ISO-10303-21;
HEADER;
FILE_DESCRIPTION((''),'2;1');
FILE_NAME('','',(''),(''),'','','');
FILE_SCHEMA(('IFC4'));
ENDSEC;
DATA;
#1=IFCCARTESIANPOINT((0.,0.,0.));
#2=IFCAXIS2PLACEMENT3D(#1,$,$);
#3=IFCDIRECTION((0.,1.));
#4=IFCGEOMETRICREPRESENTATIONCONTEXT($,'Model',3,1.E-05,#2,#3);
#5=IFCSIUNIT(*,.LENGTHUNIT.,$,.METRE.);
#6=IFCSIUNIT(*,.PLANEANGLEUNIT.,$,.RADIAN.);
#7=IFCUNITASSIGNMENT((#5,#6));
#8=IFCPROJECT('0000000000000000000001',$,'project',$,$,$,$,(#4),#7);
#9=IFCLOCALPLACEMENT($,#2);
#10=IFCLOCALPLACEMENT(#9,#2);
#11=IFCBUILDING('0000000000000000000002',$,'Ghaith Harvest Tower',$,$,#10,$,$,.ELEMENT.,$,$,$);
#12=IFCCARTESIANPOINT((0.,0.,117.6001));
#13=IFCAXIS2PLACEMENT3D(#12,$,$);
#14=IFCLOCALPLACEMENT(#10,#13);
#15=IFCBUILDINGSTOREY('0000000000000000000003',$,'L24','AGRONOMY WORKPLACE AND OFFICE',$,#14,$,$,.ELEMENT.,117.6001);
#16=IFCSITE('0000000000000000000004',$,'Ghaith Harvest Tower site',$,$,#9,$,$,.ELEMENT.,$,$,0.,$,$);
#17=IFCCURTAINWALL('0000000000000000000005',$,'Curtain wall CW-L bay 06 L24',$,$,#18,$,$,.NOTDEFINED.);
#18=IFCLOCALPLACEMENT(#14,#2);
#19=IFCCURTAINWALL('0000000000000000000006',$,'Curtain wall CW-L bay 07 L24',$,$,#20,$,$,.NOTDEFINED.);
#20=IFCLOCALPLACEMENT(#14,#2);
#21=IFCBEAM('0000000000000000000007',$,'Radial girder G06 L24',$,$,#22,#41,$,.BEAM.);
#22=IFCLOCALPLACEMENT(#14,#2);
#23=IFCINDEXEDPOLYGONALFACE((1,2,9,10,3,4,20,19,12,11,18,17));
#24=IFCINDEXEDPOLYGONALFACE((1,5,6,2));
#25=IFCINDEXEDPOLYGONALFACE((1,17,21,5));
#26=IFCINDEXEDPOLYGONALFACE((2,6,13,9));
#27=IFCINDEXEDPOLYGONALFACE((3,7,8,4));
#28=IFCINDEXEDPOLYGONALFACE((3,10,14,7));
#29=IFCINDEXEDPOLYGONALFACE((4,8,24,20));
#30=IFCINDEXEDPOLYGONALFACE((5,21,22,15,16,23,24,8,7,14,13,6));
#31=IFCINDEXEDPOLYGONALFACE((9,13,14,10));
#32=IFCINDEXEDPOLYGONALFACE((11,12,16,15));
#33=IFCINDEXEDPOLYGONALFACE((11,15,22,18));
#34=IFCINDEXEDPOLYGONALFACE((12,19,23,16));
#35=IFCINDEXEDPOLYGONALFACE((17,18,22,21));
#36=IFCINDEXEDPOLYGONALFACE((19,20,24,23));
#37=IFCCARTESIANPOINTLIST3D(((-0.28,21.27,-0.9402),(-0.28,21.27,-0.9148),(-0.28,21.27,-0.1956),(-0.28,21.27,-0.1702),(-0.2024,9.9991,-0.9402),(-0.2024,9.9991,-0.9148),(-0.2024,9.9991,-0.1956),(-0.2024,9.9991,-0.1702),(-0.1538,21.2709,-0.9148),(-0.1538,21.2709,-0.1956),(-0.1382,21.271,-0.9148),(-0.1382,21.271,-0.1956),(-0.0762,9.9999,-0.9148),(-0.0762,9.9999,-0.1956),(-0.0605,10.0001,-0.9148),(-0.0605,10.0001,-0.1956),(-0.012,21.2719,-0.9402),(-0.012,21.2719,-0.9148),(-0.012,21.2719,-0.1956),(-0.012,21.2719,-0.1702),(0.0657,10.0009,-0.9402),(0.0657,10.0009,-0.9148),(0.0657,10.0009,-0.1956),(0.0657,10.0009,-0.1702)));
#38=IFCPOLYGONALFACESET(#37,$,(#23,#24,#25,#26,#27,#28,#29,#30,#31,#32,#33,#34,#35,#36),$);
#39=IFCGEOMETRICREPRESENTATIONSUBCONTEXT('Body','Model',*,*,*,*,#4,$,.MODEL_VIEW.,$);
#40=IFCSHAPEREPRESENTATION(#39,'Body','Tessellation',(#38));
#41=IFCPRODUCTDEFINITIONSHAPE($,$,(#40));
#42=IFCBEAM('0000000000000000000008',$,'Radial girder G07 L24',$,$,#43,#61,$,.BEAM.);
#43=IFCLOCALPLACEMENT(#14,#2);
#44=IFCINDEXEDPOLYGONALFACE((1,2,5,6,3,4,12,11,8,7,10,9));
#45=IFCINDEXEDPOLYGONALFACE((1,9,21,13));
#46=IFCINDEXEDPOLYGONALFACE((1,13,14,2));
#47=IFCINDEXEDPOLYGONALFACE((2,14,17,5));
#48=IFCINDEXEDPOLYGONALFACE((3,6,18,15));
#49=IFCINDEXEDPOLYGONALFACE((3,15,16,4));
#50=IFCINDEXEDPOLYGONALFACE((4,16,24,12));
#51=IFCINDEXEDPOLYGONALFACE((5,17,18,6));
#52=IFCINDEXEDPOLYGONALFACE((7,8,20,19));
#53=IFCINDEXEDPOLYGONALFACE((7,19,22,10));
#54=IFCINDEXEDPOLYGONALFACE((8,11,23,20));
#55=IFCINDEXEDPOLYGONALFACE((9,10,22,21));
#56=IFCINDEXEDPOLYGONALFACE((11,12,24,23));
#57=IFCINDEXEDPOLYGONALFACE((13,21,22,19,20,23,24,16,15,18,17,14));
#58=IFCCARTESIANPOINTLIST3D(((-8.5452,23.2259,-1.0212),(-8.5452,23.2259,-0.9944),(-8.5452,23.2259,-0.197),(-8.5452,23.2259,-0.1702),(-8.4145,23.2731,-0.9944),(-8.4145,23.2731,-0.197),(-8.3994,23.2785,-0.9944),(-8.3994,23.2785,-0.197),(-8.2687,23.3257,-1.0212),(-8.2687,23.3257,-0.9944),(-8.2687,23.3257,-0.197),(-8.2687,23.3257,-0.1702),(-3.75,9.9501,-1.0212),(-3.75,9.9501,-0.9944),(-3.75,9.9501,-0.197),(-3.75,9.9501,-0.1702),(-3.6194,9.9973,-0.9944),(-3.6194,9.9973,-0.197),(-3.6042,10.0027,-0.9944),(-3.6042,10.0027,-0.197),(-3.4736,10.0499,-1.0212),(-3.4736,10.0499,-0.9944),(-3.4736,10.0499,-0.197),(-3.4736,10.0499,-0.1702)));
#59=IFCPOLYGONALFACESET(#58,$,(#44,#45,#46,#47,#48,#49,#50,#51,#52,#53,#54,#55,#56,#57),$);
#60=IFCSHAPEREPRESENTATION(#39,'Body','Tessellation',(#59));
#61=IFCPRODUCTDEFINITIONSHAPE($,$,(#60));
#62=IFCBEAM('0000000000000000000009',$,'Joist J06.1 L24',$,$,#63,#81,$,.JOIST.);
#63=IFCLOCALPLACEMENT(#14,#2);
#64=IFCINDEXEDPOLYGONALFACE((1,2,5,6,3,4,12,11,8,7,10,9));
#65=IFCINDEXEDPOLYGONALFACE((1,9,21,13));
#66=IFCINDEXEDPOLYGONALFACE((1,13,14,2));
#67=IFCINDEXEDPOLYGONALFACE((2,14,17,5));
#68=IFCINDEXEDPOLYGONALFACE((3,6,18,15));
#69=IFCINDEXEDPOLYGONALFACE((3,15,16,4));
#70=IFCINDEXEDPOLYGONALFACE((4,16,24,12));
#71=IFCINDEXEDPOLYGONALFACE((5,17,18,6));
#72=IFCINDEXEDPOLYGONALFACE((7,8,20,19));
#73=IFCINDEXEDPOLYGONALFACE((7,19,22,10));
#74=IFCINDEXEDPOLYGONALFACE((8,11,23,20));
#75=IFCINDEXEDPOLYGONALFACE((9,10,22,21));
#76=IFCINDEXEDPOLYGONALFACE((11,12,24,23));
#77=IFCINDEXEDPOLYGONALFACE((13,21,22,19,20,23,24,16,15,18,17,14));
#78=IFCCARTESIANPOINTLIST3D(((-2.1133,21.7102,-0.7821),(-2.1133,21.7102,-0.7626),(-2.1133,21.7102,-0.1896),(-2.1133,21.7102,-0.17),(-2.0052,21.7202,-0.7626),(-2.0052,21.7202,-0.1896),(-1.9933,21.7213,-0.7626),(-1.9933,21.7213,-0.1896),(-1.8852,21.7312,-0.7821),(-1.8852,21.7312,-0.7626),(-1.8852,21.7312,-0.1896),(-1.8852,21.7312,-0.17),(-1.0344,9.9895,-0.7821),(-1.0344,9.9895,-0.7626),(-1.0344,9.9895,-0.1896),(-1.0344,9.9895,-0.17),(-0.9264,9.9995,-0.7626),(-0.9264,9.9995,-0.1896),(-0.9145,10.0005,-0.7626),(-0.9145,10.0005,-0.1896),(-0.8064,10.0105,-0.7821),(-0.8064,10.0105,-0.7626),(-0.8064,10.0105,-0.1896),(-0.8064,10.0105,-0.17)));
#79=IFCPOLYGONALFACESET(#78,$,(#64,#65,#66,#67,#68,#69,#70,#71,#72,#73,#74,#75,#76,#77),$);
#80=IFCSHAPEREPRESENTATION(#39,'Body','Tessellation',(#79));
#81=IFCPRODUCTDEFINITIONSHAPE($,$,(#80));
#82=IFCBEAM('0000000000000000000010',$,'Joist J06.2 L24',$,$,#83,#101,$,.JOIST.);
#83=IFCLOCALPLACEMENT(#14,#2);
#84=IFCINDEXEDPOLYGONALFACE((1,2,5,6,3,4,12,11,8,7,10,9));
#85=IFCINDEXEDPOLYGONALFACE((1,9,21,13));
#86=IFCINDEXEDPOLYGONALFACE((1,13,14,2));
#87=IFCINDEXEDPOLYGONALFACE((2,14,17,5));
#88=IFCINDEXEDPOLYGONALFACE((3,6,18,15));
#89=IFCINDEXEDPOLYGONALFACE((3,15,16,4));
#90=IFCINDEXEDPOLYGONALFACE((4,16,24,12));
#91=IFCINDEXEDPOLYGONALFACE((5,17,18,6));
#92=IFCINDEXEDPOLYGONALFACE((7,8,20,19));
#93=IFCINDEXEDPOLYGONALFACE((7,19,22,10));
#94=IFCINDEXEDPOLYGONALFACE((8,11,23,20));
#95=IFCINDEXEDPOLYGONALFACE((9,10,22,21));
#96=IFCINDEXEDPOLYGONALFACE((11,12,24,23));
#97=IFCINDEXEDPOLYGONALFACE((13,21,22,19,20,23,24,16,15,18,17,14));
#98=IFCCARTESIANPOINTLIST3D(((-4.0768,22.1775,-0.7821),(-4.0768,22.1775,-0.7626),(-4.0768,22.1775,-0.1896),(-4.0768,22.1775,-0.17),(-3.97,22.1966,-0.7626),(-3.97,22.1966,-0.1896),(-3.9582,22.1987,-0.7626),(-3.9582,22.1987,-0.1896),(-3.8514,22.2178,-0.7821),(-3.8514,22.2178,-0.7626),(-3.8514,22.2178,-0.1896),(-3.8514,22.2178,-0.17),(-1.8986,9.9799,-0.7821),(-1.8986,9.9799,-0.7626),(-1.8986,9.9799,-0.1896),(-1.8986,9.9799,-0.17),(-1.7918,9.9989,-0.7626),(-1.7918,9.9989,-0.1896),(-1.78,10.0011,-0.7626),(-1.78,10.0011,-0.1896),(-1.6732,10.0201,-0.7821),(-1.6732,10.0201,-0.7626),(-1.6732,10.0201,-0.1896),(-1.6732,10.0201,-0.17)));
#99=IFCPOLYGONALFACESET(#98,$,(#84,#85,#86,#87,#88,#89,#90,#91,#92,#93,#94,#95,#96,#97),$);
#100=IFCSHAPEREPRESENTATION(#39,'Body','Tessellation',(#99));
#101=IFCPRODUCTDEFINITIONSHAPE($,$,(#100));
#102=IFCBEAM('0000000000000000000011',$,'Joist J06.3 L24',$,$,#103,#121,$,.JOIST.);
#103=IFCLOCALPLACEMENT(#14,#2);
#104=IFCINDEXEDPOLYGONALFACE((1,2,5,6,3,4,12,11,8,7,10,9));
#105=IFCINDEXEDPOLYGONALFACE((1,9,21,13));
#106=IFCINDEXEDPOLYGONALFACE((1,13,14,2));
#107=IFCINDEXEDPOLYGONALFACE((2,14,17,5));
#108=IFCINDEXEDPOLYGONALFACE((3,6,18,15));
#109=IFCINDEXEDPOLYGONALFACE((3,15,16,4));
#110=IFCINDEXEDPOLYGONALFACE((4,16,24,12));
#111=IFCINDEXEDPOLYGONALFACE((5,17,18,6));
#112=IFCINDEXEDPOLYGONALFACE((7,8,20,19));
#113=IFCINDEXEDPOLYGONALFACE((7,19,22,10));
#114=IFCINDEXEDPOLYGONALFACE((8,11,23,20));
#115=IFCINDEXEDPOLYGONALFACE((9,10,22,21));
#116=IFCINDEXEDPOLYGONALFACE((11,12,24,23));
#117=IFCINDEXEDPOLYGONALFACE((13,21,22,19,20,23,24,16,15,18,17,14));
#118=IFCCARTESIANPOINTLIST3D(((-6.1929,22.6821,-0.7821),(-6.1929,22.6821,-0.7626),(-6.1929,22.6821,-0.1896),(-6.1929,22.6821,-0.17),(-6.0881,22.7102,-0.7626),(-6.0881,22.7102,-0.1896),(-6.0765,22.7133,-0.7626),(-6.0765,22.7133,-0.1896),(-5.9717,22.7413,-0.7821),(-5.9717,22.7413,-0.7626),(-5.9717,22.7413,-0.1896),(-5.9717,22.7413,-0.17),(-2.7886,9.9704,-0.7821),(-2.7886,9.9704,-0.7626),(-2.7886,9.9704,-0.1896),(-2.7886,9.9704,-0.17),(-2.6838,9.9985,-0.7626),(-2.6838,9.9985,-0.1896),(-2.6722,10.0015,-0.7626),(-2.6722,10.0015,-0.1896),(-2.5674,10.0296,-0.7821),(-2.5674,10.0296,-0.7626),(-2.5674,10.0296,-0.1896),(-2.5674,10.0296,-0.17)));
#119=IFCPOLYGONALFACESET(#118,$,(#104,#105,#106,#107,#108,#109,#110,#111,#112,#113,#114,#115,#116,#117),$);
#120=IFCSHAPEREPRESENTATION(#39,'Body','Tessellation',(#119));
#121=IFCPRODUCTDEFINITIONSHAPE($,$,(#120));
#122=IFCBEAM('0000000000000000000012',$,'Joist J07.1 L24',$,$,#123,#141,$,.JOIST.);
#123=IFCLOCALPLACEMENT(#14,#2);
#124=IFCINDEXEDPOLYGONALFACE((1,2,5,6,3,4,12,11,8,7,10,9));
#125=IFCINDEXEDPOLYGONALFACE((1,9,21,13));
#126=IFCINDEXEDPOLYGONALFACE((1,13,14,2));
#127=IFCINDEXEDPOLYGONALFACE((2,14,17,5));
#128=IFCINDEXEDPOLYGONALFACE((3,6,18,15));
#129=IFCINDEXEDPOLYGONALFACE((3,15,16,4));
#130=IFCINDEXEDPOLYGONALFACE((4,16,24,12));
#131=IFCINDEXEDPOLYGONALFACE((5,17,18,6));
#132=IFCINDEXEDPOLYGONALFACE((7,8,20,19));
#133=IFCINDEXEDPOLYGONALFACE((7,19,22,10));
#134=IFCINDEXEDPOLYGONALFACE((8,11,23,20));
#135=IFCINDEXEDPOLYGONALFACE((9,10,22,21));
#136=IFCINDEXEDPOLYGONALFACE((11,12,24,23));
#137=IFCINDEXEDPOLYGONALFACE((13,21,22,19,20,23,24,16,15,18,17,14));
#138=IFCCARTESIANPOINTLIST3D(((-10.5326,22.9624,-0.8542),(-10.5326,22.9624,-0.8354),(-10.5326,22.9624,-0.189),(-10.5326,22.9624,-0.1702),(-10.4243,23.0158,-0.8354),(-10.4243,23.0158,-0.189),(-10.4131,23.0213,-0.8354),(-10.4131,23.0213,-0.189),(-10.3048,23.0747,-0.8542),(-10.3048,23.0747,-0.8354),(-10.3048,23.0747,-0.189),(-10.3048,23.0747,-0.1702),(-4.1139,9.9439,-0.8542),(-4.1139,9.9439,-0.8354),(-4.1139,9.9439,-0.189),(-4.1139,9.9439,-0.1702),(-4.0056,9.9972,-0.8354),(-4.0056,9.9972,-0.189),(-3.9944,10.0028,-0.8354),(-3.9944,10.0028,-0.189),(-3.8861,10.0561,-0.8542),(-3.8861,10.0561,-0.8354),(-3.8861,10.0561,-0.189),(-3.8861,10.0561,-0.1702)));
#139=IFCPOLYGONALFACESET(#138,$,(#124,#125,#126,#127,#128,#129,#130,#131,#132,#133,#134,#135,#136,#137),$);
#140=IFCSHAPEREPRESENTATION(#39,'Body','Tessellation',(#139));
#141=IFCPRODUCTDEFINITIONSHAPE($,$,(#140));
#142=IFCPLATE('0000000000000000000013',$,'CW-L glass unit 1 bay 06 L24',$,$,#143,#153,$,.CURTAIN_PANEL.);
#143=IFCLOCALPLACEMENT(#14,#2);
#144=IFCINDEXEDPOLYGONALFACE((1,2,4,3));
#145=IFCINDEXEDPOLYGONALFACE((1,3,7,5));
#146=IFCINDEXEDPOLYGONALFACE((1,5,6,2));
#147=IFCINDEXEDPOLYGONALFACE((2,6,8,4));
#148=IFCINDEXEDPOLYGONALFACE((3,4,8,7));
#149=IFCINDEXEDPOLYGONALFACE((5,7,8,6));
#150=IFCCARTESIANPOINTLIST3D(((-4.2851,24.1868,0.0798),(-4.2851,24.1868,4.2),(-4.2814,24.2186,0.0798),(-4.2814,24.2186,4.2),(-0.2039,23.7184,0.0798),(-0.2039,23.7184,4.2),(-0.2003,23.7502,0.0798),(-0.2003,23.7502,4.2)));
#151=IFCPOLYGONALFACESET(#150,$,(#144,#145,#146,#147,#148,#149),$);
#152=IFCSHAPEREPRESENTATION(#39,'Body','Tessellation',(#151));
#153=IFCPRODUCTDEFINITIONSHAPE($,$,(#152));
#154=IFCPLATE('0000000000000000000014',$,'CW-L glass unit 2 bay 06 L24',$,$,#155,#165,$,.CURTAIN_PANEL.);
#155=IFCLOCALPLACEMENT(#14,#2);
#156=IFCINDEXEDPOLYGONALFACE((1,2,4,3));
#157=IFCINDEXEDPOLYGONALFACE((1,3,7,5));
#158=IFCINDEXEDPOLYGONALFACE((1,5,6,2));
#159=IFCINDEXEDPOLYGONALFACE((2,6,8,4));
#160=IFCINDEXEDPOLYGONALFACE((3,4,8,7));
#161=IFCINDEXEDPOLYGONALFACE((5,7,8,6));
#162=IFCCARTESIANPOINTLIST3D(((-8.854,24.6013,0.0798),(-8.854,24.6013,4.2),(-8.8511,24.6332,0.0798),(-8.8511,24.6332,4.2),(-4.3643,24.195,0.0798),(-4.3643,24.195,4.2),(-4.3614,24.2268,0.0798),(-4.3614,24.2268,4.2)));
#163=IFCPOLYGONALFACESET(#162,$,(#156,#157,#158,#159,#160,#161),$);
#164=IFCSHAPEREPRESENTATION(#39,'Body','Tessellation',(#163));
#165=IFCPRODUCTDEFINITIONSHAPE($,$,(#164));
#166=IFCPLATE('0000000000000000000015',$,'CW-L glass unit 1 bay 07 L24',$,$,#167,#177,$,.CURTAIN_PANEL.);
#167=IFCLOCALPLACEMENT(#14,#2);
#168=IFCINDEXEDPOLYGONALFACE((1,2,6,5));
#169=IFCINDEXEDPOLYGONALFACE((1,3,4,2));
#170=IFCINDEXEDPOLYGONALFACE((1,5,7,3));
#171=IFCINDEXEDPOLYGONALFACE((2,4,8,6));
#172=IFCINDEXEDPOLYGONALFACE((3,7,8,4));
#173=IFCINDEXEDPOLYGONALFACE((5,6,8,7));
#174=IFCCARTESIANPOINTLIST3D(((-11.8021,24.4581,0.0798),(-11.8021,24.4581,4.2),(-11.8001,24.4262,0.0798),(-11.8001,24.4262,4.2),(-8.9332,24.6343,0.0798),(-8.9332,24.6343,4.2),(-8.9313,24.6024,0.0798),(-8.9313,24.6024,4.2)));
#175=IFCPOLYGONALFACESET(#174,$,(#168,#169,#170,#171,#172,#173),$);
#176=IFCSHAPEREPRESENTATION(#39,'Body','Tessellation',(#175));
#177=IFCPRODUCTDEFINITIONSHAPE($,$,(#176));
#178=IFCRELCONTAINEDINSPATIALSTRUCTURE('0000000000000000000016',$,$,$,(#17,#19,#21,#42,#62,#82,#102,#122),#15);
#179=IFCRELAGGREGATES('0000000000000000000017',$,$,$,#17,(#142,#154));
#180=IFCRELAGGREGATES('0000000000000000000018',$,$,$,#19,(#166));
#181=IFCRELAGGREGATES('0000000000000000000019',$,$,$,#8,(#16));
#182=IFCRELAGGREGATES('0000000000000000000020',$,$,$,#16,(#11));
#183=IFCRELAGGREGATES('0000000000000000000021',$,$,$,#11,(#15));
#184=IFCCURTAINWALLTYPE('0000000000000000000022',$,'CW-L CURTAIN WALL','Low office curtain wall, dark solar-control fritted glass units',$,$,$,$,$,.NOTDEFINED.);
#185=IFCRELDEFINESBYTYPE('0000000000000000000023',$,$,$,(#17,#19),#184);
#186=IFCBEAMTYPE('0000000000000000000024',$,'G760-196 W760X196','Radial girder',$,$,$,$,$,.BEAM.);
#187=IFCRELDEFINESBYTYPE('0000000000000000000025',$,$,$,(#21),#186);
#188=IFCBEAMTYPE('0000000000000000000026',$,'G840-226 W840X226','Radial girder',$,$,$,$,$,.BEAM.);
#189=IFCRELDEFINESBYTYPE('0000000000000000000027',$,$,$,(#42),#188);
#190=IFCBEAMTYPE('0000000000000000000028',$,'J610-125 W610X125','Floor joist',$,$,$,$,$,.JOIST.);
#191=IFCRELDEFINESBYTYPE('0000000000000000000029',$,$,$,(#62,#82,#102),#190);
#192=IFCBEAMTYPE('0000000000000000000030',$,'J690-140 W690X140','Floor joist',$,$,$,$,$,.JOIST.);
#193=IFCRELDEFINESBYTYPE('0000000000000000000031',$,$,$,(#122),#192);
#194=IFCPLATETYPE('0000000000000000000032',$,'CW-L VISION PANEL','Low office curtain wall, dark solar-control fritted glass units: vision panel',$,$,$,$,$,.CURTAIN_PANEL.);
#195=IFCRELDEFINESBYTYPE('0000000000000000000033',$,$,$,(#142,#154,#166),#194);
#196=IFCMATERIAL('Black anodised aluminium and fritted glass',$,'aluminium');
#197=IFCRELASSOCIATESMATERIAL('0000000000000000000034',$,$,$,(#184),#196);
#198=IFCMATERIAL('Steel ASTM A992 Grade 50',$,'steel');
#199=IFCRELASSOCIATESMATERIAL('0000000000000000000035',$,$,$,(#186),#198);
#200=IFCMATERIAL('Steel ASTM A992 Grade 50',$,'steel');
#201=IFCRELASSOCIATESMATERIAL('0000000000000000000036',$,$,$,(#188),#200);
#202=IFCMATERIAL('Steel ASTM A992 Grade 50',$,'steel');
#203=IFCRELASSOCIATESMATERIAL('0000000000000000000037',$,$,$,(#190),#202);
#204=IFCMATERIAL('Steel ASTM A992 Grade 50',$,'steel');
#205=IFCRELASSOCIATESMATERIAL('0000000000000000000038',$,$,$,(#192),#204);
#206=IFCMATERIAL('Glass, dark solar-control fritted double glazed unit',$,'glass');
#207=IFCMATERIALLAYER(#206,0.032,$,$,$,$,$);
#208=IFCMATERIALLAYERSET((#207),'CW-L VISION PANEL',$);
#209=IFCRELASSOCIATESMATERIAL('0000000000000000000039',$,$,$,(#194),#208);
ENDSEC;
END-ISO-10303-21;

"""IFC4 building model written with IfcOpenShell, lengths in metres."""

from ifc_helpers import new_model, si_unit, direction, frame, origin, origin_2d, place, context, subcontext, project, spatial, rectangle, i_section, extrude, material, layer, layer_set, material_profile, profile_set, type_object, element, aggregate, save


model = new_model("IFC4")

# Units and contexts
model_context = context("Model", 3, precision=1e-05, world=origin(), true_north=direction((0.0, 1.0)))
body_context = subcontext(model_context, "Body", "Model", "MODEL_VIEW")
ifc_project = project(units=[si_unit("LENGTHUNIT", "METRE"), si_unit("PLANEANGLEUNIT", "RADIAN")], contexts=[model_context])

# Site, building, storey
site_placement = place(None, origin())
site = spatial("IfcSite", under=ifc_project, at=site_placement, Name="Ghaith Harvest Tower site", CompositionType="ELEMENT", RefElevation=0.0)
building_placement = place(site_placement, origin())
building = spatial("IfcBuilding", under=site, at=building_placement, Name="Ghaith Harvest Tower", CompositionType="ELEMENT")
storey_placement = place(building_placement, frame((0.0, 0.0, 117.6001)))
storey = spatial("IfcBuildingStorey", under=building, at=storey_placement, Name="L24", Description="AGRONOMY WORKPLACE AND OFFICE", CompositionType="ELEMENT", Elevation=117.6001)

# Curtain walls
ifc_material_1 = material(Name="Black anodised aluminium and fritted glass", Category="aluminium")
curtain_wall_type = type_object("IfcCurtainWallType", Name="CW-L CURTAIN WALL", Description="Low office curtain wall, dark solar-control fritted glass units", PredefinedType="NOTDEFINED", material=ifc_material_1)
curtain_wall_1_placement = place(storey_placement, origin())
curtain_wall_1 = element("IfcCurtainWall", 1, at=curtain_wall_1_placement, inside=storey, type_object=curtain_wall_type, Name="Curtain wall CW-L bay 06 L24", PredefinedType="NOTDEFINED")
curtain_wall_2_placement = place(storey_placement, origin())
curtain_wall_2 = element("IfcCurtainWall", 2, at=curtain_wall_2_placement, inside=storey, type_object=curtain_wall_type, Name="Curtain wall CW-L bay 07 L24", PredefinedType="NOTDEFINED")

# Beams
ifc_material_2 = material(Name="Steel ASTM A992 Grade 50", Category="steel")
ifc_material_profile_1 = material_profile(ifc_material_2, i_section(OverallWidth=0.2681, OverallDepth=0.77, WebThickness=0.0156, FlangeThickness=0.0254, at=origin_2d()), Name="W760X196")
ifc_profile_set_1 = profile_set([ifc_material_profile_1], Name="Steel ASTM A992 Grade 50")
beam_type_1 = type_object("IfcBeamType", Name="G760-196 W760X196", Description="Radial girder", PredefinedType="BEAM", material=ifc_profile_set_1)
beam_1_placement = place(storey_placement, frame((-0.0684, 10.0, -0.5552), z_axis=(-0.006888, 0.999976, 0.0), x_axis=(-0.999976, -0.006888, 0.0)))
element("IfcBeam", 3, at=beam_1_placement, inside=storey, type_object=beam_type_1, Name="Radial girder G06 L24", PredefinedType="BEAM", context=body_context, shape_type="SweptSolid", body=[
    extrude(i_section(OverallWidth=0.2681, OverallDepth=0.77, WebThickness=0.0156, FlangeThickness=0.0254, at=origin_2d()), origin(), (0.0, 0.0, 1.0), 11.2712),
])
ifc_material_3 = material(Name="Steel ASTM A992 Grade 50", Category="steel")
ifc_material_profile_2 = material_profile(ifc_material_3, i_section(OverallWidth=0.2939, OverallDepth=0.8511, WebThickness=0.0161, FlangeThickness=0.0269, at=origin_2d()), Name="W840X226")
ifc_profile_set_2 = profile_set([ifc_material_profile_2], Name="Steel ASTM A992 Grade 50")
beam_type_2 = type_object("IfcBeamType", Name="G840-226 W840X226", Description="Radial girder", PredefinedType="BEAM", material=ifc_profile_set_2)
beam_2_placement = place(storey_placement, frame((-3.6118, 10.0, -0.5957), z_axis=(-0.339713, 0.940529, 0.0), x_axis=(-0.940529, -0.339713, 0.0)))
element("IfcBeam", 4, at=beam_2_placement, inside=storey, type_object=beam_type_2, Name="Radial girder G07 L24", PredefinedType="BEAM", context=body_context, shape_type="SweptSolid", body=[
    extrude(i_section(OverallWidth=0.2939, OverallDepth=0.8511, WebThickness=0.0161, FlangeThickness=0.0269, at=origin_2d()), origin(), (0.0, 0.0, 1.0), 14.1152),
])
ifc_material_4 = material(Name="Steel ASTM A992 Grade 50", Category="steel")
ifc_material_profile_3 = material_profile(ifc_material_4, i_section(OverallWidth=0.229, OverallDepth=0.6121, WebThickness=0.012, FlangeThickness=0.0195, at=origin_2d()), Name="W610X125")
ifc_profile_set_3 = profile_set([ifc_material_profile_3], Name="Steel ASTM A992 Grade 50")
beam_type_3 = type_object("IfcBeamType", Name="J610-125 W610X125", Description="Floor joist", PredefinedType="JOIST", material=ifc_profile_set_3)
beam_3_placement = place(storey_placement, frame((-0.9204, 10.0, -0.4761), z_axis=(-0.09166, 0.99579, 0.0), x_axis=(-0.99579, -0.09166, 0.0)))
element("IfcBeam", 5, at=beam_3_placement, inside=storey, type_object=beam_type_3, Name="Joist J06.1 L24", PredefinedType="JOIST", context=body_context, shape_type="SweptSolid", body=[
    extrude(i_section(OverallWidth=0.229, OverallDepth=0.6121, WebThickness=0.012, FlangeThickness=0.0195, at=origin_2d()), origin(), (0.0, 0.0, 1.0), 11.7703),
])
beam_4_placement = place(storey_placement, frame((-1.7859, 10.0, -0.4761), z_axis=(-0.175795, 0.984427, 0.0), x_axis=(-0.984427, -0.175795, 0.0)))
element("IfcBeam", 6, at=beam_4_placement, inside=storey, type_object=beam_type_3, Name="Joist J06.2 L24", PredefinedType="JOIST", context=body_context, shape_type="SweptSolid", body=[
    extrude(i_section(OverallWidth=0.229, OverallDepth=0.6121, WebThickness=0.012, FlangeThickness=0.0195, at=origin_2d()), origin(), (0.0, 0.0, 1.0), 12.3906),
])
beam_5_placement = place(storey_placement, frame((-2.678, 10.0, -0.4761), z_axis=(-0.258693, 0.96596, 0.0), x_axis=(-0.96596, -0.258693, 0.0)))
element("IfcBeam", 7, at=beam_5_placement, inside=storey, type_object=beam_type_3, Name="Joist J06.3 L24", PredefinedType="JOIST", context=body_context, shape_type="SweptSolid", body=[
    extrude(i_section(OverallWidth=0.229, OverallDepth=0.6121, WebThickness=0.012, FlangeThickness=0.0195, at=origin_2d()), origin(), (0.0, 0.0, 1.0), 13.1597),
])
ifc_material_5 = material(Name="Steel ASTM A992 Grade 50", Category="steel")
ifc_material_profile_4 = material_profile(ifc_material_5, i_section(OverallWidth=0.2539, OverallDepth=0.6841, WebThickness=0.0125, FlangeThickness=0.0188, at=origin_2d()), Name="W690X140")
ifc_profile_set_4 = profile_set([ifc_material_profile_4], Name="Steel ASTM A992 Grade 50")
beam_type_4 = type_object("IfcBeamType", Name="J690-140 W690X140", Description="Floor joist", PredefinedType="JOIST", material=ifc_profile_set_4)
beam_6_placement = place(storey_placement, frame((-4.0, 10.0, -0.5122), z_axis=(-0.442214, 0.896909, 0.0), x_axis=(-0.896909, -0.442214, 0.0)))
element("IfcBeam", 8, at=beam_6_placement, inside=storey, type_object=beam_type_4, Name="Joist J07.1 L24", PredefinedType="JOIST", context=body_context, shape_type="SweptSolid", body=[
    extrude(i_section(OverallWidth=0.2539, OverallDepth=0.6841, WebThickness=0.0125, FlangeThickness=0.0188, at=origin_2d()), origin(), (0.0, 0.0, 1.0), 14.5149),
])

# Plates
ifc_material_6 = material(Name="Glass, dark solar-control fritted double glazed unit", Category="glass")
ifc_layer_1 = layer(ifc_material_6, 0.032)
ifc_layer_set_1 = layer_set([ifc_layer_1], Name="CW-L VISION PANEL")
plate_type = type_object("IfcPlateType", Name="CW-L VISION PANEL", Description="Low office curtain wall, dark solar-control fritted glass units: vision panel", PredefinedType="CURTAIN_PANEL", material=ifc_layer_set_1)
plate_1_placement = place(storey_placement, frame((-2.2427, 23.9685, 0.0798), z_axis=(0.0, 0.0, 1.0), x_axis=(-0.993477, 0.114032, 0.0)))
plate_1 = element("IfcPlate", 9, at=plate_1_placement, type_object=plate_type, Name="CW-L glass unit 1 bay 06 L24", PredefinedType="CURTAIN_PANEL", context=body_context, shape_type="SweptSolid", body=[
    extrude(rectangle(XDim=4.1079, YDim=0.032, at=origin_2d()), origin(), (0.0, 0.0, 1.0), 4.1201),
])
plate_2_placement = place(storey_placement, frame((-6.6077, 24.4141, 0.0798), z_axis=(0.0, 0.0, 1.0), x_axis=(-0.995929, 0.090144, 0.0)))
plate_2 = element("IfcPlate", 10, at=plate_2_placement, type_object=plate_type, Name="CW-L glass unit 2 bay 06 L24", PredefinedType="CURTAIN_PANEL", context=body_context, shape_type="SweptSolid", body=[
    extrude(rectangle(XDim=4.5081, YDim=0.032, at=origin_2d()), origin(), (0.0, 0.0, 1.0), 4.1201),
])
aggregate(curtain_wall_1, [plate_1, plate_2])
plate_3_placement = place(storey_placement, frame((-10.3667, 24.5303, 0.0798), z_axis=(0.0, 0.0, 1.0), x_axis=(-0.998119, -0.061303, 0.0)))
plate_3 = element("IfcPlate", 11, at=plate_3_placement, type_object=plate_type, Name="CW-L glass unit 1 bay 07 L24", PredefinedType="CURTAIN_PANEL", context=body_context, shape_type="SweptSolid", body=[
    extrude(rectangle(XDim=2.8743, YDim=0.032, at=origin_2d()), origin(), (0.0, 0.0, 1.0), 4.1201),
])
aggregate(curtain_wall_2, [plate_3])

save(model, "model.ifc")
